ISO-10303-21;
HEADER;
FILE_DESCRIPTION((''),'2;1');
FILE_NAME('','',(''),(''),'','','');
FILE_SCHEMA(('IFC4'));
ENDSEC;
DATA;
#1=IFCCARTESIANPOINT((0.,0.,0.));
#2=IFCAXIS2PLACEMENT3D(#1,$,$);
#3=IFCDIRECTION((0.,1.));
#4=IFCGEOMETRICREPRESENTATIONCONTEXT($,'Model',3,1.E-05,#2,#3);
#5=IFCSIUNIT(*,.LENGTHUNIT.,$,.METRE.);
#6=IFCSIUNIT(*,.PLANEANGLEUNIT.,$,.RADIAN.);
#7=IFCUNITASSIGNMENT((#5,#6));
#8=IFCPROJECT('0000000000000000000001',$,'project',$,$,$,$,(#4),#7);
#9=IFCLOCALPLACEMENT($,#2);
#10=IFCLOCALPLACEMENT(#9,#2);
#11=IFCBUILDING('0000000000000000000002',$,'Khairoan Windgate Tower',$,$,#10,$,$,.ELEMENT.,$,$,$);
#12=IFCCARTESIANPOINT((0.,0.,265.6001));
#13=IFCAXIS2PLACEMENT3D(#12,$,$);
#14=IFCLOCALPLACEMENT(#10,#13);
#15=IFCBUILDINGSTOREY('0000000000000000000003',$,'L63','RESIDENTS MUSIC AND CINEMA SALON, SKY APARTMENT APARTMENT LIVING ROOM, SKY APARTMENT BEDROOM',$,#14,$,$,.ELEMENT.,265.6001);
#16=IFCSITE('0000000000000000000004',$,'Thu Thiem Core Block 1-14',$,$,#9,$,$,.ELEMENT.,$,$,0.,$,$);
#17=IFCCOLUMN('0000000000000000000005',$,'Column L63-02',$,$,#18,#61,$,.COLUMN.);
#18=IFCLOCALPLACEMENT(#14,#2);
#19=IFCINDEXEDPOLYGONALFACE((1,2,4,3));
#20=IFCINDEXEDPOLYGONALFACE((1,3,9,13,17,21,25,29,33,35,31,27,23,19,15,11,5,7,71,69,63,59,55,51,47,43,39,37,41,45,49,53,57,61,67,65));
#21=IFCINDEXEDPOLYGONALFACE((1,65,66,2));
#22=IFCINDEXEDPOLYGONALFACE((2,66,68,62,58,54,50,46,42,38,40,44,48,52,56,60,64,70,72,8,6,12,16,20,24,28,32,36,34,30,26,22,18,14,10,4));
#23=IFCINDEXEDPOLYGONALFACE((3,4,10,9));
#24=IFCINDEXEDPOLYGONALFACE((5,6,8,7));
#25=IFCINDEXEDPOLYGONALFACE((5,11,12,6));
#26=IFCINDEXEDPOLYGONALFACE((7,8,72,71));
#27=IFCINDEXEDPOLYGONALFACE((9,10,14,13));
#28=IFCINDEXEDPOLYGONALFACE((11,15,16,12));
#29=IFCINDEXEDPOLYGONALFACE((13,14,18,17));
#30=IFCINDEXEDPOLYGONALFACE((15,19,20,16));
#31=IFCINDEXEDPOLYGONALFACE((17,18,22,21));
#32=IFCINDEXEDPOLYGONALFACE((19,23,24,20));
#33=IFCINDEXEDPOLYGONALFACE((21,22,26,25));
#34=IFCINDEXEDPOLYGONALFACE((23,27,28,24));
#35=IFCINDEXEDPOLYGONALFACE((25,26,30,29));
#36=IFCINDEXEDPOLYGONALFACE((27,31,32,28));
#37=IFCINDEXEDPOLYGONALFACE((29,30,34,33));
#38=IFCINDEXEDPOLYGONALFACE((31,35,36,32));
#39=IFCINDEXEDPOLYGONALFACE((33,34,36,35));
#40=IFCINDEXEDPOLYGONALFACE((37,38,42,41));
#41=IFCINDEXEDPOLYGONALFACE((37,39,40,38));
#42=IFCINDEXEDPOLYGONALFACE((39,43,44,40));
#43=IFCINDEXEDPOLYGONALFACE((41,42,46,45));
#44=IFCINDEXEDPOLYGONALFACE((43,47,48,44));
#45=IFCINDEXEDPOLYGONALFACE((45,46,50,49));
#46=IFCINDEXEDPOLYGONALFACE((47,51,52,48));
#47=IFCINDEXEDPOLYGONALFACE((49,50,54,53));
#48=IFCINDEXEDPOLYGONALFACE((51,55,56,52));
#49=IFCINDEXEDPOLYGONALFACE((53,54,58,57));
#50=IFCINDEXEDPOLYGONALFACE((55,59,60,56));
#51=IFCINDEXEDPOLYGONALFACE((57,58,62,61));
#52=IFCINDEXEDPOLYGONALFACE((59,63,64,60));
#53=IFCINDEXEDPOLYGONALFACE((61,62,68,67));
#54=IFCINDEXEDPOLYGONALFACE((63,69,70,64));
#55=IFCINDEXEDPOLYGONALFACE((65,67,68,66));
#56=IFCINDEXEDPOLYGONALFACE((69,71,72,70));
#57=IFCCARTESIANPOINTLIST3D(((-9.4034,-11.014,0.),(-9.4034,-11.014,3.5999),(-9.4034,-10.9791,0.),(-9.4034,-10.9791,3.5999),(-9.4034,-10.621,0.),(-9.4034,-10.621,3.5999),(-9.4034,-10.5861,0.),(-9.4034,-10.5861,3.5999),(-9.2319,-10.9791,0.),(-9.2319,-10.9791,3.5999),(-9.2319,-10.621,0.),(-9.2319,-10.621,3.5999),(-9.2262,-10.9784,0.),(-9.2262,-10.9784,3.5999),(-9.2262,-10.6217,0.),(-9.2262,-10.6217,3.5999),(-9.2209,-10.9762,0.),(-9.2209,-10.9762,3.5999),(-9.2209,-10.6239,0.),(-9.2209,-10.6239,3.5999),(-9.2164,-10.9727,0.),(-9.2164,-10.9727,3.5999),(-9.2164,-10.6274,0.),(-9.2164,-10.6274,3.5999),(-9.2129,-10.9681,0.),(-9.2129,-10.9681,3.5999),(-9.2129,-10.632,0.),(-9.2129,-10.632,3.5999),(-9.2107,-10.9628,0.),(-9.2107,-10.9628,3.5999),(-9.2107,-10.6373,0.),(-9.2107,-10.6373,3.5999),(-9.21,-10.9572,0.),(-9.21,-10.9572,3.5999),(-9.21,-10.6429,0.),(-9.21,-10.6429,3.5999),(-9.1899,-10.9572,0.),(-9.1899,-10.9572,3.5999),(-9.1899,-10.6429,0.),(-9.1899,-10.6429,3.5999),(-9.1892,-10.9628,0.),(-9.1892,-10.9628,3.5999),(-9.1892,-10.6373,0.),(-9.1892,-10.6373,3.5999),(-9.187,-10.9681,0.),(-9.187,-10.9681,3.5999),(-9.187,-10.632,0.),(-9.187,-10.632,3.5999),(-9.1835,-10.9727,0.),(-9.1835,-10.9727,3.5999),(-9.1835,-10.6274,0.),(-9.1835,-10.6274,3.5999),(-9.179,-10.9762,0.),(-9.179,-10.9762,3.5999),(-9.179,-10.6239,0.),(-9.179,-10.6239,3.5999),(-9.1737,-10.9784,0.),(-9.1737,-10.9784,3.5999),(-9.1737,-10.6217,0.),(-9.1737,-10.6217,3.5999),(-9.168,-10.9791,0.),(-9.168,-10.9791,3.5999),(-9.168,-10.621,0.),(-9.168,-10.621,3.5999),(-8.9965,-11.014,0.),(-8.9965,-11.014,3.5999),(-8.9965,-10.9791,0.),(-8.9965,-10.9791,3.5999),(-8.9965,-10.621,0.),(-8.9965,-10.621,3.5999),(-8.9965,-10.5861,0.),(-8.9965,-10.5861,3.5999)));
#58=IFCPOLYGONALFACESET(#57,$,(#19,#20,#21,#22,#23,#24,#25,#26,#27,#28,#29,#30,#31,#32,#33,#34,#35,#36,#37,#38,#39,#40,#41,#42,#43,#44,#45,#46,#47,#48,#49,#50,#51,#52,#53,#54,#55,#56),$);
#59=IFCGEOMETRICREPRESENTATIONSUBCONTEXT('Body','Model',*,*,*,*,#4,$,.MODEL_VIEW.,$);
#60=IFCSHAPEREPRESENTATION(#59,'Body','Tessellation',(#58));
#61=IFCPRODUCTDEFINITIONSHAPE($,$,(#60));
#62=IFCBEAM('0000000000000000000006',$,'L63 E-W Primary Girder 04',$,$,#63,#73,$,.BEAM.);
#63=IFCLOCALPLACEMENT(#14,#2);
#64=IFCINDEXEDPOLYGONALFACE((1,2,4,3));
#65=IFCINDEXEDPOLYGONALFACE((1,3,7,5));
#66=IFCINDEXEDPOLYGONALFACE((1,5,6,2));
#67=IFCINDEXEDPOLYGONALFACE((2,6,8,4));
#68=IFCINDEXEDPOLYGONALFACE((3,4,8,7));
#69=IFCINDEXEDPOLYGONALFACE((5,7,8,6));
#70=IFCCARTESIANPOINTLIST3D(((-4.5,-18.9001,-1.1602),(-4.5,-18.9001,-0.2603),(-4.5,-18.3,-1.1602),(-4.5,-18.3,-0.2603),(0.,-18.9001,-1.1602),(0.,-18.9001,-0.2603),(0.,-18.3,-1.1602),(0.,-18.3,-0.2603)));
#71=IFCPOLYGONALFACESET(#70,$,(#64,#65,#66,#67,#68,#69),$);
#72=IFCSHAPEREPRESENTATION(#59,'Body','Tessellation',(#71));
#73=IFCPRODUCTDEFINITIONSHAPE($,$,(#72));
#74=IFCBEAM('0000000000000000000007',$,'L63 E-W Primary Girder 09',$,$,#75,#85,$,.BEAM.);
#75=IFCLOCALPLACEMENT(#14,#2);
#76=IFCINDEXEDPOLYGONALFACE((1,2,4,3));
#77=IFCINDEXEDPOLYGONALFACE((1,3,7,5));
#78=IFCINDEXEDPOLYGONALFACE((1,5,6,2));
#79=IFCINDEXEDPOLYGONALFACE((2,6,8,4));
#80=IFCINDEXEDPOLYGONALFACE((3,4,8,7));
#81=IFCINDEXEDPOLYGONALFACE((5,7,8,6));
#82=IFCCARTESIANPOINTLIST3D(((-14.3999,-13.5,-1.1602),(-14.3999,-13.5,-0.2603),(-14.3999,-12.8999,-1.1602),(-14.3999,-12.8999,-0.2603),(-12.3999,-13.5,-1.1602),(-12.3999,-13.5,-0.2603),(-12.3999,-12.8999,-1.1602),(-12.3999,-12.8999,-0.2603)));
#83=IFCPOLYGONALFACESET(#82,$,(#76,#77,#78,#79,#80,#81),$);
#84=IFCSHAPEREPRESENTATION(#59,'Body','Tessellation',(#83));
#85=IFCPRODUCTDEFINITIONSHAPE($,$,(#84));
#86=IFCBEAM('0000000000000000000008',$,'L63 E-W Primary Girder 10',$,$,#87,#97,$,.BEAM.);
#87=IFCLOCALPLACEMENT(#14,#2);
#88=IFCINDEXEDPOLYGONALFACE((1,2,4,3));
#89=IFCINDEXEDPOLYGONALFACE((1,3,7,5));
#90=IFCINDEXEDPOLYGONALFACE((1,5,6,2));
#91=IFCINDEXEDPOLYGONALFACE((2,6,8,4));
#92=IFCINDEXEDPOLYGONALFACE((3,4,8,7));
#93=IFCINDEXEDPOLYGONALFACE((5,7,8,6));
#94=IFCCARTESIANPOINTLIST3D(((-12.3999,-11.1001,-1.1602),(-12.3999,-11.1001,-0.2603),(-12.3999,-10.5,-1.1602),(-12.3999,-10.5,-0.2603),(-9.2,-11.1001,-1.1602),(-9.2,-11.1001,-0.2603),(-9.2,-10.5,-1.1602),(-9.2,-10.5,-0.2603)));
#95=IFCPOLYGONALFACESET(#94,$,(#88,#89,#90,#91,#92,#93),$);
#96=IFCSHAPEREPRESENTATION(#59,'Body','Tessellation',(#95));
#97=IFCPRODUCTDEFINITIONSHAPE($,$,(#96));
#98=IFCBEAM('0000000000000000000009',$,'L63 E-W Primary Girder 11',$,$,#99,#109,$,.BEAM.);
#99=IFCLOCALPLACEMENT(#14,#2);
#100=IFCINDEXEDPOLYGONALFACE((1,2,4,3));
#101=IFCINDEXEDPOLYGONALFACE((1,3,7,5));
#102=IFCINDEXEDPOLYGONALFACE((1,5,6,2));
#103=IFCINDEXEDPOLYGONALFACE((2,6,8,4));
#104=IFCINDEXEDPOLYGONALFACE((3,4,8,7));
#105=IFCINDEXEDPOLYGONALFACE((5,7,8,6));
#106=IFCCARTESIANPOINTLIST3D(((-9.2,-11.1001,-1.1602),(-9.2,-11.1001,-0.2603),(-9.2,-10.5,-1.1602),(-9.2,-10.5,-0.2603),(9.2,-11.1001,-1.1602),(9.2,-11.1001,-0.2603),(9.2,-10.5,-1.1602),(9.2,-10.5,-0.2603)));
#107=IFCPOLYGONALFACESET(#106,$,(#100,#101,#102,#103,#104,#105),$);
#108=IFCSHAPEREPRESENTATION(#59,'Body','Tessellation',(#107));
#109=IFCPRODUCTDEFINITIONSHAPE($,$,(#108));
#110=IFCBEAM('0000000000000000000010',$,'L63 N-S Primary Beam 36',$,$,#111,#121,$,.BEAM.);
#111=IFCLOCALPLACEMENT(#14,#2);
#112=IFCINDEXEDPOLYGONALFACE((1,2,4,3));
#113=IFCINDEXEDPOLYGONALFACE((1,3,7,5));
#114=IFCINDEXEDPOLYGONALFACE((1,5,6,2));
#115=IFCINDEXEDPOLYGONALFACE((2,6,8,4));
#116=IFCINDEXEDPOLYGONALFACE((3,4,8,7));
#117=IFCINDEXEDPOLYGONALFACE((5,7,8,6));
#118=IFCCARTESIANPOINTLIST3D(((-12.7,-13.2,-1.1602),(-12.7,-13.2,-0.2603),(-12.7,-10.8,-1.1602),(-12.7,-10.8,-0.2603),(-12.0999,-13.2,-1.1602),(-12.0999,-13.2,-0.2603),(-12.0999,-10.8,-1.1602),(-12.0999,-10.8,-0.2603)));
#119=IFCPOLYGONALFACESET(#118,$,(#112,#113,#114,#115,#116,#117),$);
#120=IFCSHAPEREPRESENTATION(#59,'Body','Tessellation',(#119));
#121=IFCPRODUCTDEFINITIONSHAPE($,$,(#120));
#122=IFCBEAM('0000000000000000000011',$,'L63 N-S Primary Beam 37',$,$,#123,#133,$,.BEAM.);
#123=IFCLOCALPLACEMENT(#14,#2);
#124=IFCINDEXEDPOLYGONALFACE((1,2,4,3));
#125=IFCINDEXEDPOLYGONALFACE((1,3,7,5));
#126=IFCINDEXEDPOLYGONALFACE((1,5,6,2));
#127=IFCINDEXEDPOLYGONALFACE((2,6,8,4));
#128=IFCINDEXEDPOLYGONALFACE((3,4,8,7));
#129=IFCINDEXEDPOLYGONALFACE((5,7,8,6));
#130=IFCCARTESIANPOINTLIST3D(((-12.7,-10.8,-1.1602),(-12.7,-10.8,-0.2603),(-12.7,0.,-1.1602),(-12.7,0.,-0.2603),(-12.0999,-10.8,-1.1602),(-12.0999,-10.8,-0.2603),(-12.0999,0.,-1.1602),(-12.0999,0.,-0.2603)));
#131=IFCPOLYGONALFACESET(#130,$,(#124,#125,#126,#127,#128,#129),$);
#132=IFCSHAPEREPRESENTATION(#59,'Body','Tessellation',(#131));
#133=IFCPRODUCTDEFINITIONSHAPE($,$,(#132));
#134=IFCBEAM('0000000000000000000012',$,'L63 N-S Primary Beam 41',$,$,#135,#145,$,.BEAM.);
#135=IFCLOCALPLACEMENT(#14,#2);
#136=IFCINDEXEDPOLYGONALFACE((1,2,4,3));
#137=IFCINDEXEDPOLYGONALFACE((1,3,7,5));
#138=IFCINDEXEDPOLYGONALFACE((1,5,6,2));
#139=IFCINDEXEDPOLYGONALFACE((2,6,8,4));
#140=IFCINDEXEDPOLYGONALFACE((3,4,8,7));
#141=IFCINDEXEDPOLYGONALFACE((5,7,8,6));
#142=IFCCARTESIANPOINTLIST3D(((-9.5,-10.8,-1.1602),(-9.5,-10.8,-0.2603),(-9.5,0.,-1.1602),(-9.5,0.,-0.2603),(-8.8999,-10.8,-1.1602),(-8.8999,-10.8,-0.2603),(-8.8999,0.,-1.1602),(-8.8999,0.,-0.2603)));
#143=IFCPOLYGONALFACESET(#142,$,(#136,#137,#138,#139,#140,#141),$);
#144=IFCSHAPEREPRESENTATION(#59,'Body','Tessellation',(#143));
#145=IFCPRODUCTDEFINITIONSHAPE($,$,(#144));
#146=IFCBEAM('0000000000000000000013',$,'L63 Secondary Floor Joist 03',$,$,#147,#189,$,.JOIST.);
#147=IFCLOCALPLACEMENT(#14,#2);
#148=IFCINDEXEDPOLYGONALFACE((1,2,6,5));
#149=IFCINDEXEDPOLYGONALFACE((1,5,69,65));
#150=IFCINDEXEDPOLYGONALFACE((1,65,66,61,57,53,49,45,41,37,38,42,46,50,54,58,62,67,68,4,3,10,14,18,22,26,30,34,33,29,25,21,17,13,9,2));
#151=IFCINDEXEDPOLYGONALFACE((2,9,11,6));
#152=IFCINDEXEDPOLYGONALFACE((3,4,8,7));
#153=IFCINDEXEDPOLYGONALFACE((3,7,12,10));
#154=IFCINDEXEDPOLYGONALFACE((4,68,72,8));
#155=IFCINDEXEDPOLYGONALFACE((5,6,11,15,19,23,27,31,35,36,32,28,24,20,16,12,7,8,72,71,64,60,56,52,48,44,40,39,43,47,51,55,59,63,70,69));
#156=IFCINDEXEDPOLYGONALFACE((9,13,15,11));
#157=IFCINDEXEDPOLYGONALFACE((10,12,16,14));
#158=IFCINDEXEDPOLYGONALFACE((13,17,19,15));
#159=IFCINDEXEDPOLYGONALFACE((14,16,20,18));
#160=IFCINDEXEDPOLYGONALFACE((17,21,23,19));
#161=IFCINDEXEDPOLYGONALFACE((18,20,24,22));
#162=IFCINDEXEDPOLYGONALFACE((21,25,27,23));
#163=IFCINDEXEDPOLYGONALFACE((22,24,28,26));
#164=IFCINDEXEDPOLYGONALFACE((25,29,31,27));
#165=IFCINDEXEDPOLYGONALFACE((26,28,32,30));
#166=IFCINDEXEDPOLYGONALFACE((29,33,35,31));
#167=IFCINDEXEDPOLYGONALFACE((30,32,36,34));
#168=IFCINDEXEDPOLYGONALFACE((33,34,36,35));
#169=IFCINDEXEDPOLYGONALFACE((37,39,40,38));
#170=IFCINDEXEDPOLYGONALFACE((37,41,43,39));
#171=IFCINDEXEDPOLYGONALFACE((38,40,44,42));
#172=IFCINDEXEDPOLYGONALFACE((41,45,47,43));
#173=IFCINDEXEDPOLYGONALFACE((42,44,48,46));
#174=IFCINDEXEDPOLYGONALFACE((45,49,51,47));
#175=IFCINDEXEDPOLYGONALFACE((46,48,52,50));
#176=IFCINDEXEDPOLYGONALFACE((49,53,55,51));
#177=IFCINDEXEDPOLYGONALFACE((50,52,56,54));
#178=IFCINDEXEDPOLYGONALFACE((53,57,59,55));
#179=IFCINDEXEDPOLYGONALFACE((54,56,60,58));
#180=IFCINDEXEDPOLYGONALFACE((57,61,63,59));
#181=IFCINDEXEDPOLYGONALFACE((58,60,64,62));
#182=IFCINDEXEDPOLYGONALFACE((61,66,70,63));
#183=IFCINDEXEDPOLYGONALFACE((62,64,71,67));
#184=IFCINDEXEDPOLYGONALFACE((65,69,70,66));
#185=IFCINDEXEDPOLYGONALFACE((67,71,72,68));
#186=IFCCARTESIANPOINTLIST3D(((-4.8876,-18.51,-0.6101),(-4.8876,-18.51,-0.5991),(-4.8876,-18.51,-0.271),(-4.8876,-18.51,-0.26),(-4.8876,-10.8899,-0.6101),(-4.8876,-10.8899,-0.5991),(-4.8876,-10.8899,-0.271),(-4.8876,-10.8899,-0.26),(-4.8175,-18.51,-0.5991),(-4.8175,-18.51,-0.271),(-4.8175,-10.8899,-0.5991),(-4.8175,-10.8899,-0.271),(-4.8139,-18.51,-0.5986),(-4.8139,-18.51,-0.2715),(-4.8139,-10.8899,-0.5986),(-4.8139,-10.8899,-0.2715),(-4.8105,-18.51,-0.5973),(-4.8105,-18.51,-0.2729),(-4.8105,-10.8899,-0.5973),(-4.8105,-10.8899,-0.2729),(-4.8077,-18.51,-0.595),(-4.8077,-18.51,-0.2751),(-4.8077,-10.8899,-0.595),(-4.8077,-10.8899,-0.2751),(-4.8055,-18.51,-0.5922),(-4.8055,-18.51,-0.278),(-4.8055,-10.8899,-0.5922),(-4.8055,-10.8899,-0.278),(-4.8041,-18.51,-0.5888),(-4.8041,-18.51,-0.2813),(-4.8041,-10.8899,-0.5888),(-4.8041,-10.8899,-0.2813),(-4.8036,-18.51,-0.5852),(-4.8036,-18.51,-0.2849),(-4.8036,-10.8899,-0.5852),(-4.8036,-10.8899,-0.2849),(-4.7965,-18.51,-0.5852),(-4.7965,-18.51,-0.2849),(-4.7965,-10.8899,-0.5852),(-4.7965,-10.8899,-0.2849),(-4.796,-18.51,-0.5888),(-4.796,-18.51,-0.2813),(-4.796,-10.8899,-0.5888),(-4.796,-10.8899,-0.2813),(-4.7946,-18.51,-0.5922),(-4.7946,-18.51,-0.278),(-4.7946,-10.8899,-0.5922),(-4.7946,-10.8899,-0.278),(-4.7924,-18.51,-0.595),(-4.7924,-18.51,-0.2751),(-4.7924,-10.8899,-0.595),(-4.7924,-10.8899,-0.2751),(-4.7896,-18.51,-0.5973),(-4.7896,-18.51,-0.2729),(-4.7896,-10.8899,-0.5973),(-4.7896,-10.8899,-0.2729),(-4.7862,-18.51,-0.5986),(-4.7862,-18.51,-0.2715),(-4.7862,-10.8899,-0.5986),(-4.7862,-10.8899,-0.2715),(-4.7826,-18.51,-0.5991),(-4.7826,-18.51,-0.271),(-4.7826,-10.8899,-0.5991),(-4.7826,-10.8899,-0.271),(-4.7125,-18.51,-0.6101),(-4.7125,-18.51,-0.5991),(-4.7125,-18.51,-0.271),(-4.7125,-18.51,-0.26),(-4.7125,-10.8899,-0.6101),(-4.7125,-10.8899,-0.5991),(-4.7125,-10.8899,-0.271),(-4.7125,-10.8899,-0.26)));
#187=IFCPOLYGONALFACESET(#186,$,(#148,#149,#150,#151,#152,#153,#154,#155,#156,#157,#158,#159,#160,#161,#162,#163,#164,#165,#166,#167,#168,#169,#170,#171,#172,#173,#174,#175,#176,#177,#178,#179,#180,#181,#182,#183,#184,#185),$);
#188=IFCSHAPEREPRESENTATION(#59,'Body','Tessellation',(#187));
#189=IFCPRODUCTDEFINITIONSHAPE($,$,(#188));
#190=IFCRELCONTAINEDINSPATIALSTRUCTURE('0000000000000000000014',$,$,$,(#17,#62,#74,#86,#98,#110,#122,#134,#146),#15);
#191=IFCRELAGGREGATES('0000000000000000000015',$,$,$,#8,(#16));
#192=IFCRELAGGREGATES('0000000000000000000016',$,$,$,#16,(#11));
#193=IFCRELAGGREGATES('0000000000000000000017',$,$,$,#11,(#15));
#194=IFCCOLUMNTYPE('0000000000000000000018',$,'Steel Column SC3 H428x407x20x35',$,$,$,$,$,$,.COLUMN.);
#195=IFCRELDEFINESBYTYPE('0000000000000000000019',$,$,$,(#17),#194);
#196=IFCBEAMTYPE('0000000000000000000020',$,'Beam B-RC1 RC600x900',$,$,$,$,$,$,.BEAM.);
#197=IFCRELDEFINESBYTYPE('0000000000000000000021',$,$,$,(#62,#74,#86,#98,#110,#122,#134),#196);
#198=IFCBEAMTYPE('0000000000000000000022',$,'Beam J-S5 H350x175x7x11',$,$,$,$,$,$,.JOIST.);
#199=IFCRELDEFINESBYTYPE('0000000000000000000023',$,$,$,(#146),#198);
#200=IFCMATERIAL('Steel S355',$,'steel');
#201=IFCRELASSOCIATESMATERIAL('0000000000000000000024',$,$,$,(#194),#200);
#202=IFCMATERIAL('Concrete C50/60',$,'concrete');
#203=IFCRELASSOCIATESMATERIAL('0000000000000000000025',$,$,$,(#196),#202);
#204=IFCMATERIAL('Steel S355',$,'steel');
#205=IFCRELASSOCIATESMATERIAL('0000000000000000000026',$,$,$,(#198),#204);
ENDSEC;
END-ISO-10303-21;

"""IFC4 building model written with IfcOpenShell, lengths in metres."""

from ifc_helpers import new_model, si_unit, direction, frame, origin, origin_2d, place, context, subcontext, project, spatial, rectangle, i_section, extrude, material, material_profile, profile_set, type_object, element, save


model = new_model("IFC4")

# Units and contexts
model_context = context("Model", 3, precision=1e-05, world=origin(), true_north=direction((0.0, 1.0)))
body_context = subcontext(model_context, "Body", "Model", "MODEL_VIEW")
ifc_project = project(units=[si_unit("LENGTHUNIT", "METRE"), si_unit("PLANEANGLEUNIT", "RADIAN")], contexts=[model_context])

# Site, building, storey
site_placement = place(None, origin())
site = spatial("IfcSite", under=ifc_project, at=site_placement, Name="Thu Thiem Core Block 1-14", CompositionType="ELEMENT", RefElevation=0.0)
building_placement = place(site_placement, origin())
building = spatial("IfcBuilding", under=site, at=building_placement, Name="Khairoan Windgate Tower", CompositionType="ELEMENT")
storey_placement = place(building_placement, frame((0.0, 0.0, 265.6001)))
storey = spatial("IfcBuildingStorey", under=building, at=storey_placement, Name="L63", Description="RESIDENTS MUSIC AND CINEMA SALON, SKY APARTMENT APARTMENT LIVING ROOM, SKY APARTMENT BEDROOM", CompositionType="ELEMENT", Elevation=265.6001)

# Column
ifc_material_1 = material(Name="Steel S355", Category="steel")
ifc_material_profile_1 = material_profile(ifc_material_1, i_section(OverallWidth=0.407, OverallDepth=0.428, WebThickness=0.02, FlangeThickness=0.0349, FilletRadius=0.022, at=origin_2d()))
ifc_profile_set_1 = profile_set([ifc_material_profile_1], Name="Steel S355")
column_type = type_object("IfcColumnType", Name="Steel Column SC3 H428x407x20x35", PredefinedType="COLUMN", material=ifc_profile_set_1)
column_placement = place(storey_placement, frame((-9.2, -10.8, 0.0), z_axis=(0.0, 0.0, 1.0), x_axis=(1.0, 0.0, 0.0)))
element("IfcColumn", 1, at=column_placement, inside=storey, type_object=column_type, Name="Column L63-02", PredefinedType="COLUMN", context=body_context, shape_type="SweptSolid", body=[
    extrude(i_section(OverallWidth=0.407, OverallDepth=0.428, WebThickness=0.02, FlangeThickness=0.0349, FilletRadius=0.022, at=origin_2d()), origin(), (0.0, 0.0, 1.0), 3.5999),
])

# Beams
ifc_material_2 = material(Name="Concrete C50/60", Category="concrete")
ifc_material_profile_2 = material_profile(ifc_material_2, rectangle(XDim=0.6001, YDim=0.8999, at=origin_2d()))
ifc_profile_set_2 = profile_set([ifc_material_profile_2], Name="Concrete C50/60")
beam_type_1 = type_object("IfcBeamType", Name="Beam B-RC1 RC600x900", PredefinedType="BEAM", material=ifc_profile_set_2)
beam_1_placement = place(storey_placement, frame((-4.5, -18.6001, -0.7102), z_axis=(1.0, 0.0, 0.0), x_axis=(0.0, 1.0, 0.0)))
element("IfcBeam", 2, at=beam_1_placement, inside=storey, type_object=beam_type_1, Name="L63 E-W Primary Girder 04", PredefinedType="BEAM", context=body_context, shape_type="SweptSolid", body=[
    extrude(rectangle(XDim=0.6001, YDim=0.8999, at=origin_2d()), origin(), (0.0, 0.0, 1.0), 4.5),
])
beam_2_placement = place(storey_placement, frame((-14.3999, -13.2, -0.7102), z_axis=(1.0, 0.0, 0.0), x_axis=(0.0, 1.0, 0.0)))
element("IfcBeam", 3, at=beam_2_placement, inside=storey, type_object=beam_type_1, Name="L63 E-W Primary Girder 09", PredefinedType="BEAM", context=body_context, shape_type="SweptSolid", body=[
    extrude(rectangle(XDim=0.6001, YDim=0.8999, at=origin_2d()), origin(), (0.0, 0.0, 1.0), 2.0),
])
beam_3_placement = place(storey_placement, frame((-12.3999, -10.8, -0.7102), z_axis=(1.0, 0.0, 0.0), x_axis=(0.0, 1.0, 0.0)))
element("IfcBeam", 4, at=beam_3_placement, inside=storey, type_object=beam_type_1, Name="L63 E-W Primary Girder 10", PredefinedType="BEAM", context=body_context, shape_type="SweptSolid", body=[
    extrude(rectangle(XDim=0.6001, YDim=0.8999, at=origin_2d()), origin(), (0.0, 0.0, 1.0), 3.2),
])
beam_4_placement = place(storey_placement, frame((-9.2, -10.8, -0.7102), z_axis=(1.0, 0.0, 0.0), x_axis=(0.0, 1.0, 0.0)))
element("IfcBeam", 5, at=beam_4_placement, inside=storey, type_object=beam_type_1, Name="L63 E-W Primary Girder 11", PredefinedType="BEAM", context=body_context, shape_type="SweptSolid", body=[
    extrude(rectangle(XDim=0.6001, YDim=0.8999, at=origin_2d()), origin(), (0.0, 0.0, 1.0), 18.3999),
])
beam_5_placement = place(storey_placement, frame((-12.3999, -13.2, -0.7102), z_axis=(0.0, 1.0, 0.0), x_axis=(-1.0, 0.0, 0.0)))
element("IfcBeam", 6, at=beam_5_placement, inside=storey, type_object=beam_type_1, Name="L63 N-S Primary Beam 36", PredefinedType="BEAM", context=body_context, shape_type="SweptSolid", body=[
    extrude(rectangle(XDim=0.6001, YDim=0.8999, at=origin_2d()), origin(), (0.0, 0.0, 1.0), 2.3999),
])
for number, where, z_axis, x_axis, name in (
    (7, (-12.3999, -10.8, -0.7102), (0.0, 1.0, 0.0), (-1.0, 0.0, 0.0), "L63 N-S Primary Beam 37"),
    (8, (-9.2, -10.8, -0.7102), (0.0, 1.0, 0.0), (-1.0, 0.0, 0.0), "L63 N-S Primary Beam 41"),
):
    element("IfcBeam", number, at=place(storey_placement, frame(where, z_axis=z_axis, x_axis=x_axis)), inside=storey, type_object=beam_type_1, Name=name, PredefinedType="BEAM", context=body_context, shape_type="SweptSolid", body=[
        extrude(rectangle(XDim=0.6001, YDim=0.8999, at=origin_2d()), origin(), (0.0, 0.0, 1.0), 10.8),
    ])
ifc_material_3 = material(Name="Steel S355", Category="steel")
ifc_material_profile_3 = material_profile(ifc_material_3, i_section(OverallWidth=0.175, OverallDepth=0.3501, WebThickness=0.0071, FlangeThickness=0.011, FilletRadius=0.0139, at=origin_2d()))
ifc_profile_set_3 = profile_set([ifc_material_profile_3], Name="Steel S355")
beam_type_2 = type_object("IfcBeamType", Name="Beam J-S5 H350x175x7x11", PredefinedType="JOIST", material=ifc_profile_set_3)
beam_6_placement = place(storey_placement, frame((-4.8, -18.51, -0.4351), z_axis=(0.0, 1.0, 0.0), x_axis=(-1.0, 0.0, 0.0)))
element("IfcBeam", 9, at=beam_6_placement, inside=storey, type_object=beam_type_2, Name="L63 Secondary Floor Joist 03", PredefinedType="JOIST", context=body_context, shape_type="SweptSolid", body=[
    extrude(i_section(OverallWidth=0.175, OverallDepth=0.3501, WebThickness=0.0071, FlangeThickness=0.011, FilletRadius=0.0139, at=origin_2d()), origin(), (0.0, 0.0, 1.0), 7.6201),
])

save(model, "model.ifc")
